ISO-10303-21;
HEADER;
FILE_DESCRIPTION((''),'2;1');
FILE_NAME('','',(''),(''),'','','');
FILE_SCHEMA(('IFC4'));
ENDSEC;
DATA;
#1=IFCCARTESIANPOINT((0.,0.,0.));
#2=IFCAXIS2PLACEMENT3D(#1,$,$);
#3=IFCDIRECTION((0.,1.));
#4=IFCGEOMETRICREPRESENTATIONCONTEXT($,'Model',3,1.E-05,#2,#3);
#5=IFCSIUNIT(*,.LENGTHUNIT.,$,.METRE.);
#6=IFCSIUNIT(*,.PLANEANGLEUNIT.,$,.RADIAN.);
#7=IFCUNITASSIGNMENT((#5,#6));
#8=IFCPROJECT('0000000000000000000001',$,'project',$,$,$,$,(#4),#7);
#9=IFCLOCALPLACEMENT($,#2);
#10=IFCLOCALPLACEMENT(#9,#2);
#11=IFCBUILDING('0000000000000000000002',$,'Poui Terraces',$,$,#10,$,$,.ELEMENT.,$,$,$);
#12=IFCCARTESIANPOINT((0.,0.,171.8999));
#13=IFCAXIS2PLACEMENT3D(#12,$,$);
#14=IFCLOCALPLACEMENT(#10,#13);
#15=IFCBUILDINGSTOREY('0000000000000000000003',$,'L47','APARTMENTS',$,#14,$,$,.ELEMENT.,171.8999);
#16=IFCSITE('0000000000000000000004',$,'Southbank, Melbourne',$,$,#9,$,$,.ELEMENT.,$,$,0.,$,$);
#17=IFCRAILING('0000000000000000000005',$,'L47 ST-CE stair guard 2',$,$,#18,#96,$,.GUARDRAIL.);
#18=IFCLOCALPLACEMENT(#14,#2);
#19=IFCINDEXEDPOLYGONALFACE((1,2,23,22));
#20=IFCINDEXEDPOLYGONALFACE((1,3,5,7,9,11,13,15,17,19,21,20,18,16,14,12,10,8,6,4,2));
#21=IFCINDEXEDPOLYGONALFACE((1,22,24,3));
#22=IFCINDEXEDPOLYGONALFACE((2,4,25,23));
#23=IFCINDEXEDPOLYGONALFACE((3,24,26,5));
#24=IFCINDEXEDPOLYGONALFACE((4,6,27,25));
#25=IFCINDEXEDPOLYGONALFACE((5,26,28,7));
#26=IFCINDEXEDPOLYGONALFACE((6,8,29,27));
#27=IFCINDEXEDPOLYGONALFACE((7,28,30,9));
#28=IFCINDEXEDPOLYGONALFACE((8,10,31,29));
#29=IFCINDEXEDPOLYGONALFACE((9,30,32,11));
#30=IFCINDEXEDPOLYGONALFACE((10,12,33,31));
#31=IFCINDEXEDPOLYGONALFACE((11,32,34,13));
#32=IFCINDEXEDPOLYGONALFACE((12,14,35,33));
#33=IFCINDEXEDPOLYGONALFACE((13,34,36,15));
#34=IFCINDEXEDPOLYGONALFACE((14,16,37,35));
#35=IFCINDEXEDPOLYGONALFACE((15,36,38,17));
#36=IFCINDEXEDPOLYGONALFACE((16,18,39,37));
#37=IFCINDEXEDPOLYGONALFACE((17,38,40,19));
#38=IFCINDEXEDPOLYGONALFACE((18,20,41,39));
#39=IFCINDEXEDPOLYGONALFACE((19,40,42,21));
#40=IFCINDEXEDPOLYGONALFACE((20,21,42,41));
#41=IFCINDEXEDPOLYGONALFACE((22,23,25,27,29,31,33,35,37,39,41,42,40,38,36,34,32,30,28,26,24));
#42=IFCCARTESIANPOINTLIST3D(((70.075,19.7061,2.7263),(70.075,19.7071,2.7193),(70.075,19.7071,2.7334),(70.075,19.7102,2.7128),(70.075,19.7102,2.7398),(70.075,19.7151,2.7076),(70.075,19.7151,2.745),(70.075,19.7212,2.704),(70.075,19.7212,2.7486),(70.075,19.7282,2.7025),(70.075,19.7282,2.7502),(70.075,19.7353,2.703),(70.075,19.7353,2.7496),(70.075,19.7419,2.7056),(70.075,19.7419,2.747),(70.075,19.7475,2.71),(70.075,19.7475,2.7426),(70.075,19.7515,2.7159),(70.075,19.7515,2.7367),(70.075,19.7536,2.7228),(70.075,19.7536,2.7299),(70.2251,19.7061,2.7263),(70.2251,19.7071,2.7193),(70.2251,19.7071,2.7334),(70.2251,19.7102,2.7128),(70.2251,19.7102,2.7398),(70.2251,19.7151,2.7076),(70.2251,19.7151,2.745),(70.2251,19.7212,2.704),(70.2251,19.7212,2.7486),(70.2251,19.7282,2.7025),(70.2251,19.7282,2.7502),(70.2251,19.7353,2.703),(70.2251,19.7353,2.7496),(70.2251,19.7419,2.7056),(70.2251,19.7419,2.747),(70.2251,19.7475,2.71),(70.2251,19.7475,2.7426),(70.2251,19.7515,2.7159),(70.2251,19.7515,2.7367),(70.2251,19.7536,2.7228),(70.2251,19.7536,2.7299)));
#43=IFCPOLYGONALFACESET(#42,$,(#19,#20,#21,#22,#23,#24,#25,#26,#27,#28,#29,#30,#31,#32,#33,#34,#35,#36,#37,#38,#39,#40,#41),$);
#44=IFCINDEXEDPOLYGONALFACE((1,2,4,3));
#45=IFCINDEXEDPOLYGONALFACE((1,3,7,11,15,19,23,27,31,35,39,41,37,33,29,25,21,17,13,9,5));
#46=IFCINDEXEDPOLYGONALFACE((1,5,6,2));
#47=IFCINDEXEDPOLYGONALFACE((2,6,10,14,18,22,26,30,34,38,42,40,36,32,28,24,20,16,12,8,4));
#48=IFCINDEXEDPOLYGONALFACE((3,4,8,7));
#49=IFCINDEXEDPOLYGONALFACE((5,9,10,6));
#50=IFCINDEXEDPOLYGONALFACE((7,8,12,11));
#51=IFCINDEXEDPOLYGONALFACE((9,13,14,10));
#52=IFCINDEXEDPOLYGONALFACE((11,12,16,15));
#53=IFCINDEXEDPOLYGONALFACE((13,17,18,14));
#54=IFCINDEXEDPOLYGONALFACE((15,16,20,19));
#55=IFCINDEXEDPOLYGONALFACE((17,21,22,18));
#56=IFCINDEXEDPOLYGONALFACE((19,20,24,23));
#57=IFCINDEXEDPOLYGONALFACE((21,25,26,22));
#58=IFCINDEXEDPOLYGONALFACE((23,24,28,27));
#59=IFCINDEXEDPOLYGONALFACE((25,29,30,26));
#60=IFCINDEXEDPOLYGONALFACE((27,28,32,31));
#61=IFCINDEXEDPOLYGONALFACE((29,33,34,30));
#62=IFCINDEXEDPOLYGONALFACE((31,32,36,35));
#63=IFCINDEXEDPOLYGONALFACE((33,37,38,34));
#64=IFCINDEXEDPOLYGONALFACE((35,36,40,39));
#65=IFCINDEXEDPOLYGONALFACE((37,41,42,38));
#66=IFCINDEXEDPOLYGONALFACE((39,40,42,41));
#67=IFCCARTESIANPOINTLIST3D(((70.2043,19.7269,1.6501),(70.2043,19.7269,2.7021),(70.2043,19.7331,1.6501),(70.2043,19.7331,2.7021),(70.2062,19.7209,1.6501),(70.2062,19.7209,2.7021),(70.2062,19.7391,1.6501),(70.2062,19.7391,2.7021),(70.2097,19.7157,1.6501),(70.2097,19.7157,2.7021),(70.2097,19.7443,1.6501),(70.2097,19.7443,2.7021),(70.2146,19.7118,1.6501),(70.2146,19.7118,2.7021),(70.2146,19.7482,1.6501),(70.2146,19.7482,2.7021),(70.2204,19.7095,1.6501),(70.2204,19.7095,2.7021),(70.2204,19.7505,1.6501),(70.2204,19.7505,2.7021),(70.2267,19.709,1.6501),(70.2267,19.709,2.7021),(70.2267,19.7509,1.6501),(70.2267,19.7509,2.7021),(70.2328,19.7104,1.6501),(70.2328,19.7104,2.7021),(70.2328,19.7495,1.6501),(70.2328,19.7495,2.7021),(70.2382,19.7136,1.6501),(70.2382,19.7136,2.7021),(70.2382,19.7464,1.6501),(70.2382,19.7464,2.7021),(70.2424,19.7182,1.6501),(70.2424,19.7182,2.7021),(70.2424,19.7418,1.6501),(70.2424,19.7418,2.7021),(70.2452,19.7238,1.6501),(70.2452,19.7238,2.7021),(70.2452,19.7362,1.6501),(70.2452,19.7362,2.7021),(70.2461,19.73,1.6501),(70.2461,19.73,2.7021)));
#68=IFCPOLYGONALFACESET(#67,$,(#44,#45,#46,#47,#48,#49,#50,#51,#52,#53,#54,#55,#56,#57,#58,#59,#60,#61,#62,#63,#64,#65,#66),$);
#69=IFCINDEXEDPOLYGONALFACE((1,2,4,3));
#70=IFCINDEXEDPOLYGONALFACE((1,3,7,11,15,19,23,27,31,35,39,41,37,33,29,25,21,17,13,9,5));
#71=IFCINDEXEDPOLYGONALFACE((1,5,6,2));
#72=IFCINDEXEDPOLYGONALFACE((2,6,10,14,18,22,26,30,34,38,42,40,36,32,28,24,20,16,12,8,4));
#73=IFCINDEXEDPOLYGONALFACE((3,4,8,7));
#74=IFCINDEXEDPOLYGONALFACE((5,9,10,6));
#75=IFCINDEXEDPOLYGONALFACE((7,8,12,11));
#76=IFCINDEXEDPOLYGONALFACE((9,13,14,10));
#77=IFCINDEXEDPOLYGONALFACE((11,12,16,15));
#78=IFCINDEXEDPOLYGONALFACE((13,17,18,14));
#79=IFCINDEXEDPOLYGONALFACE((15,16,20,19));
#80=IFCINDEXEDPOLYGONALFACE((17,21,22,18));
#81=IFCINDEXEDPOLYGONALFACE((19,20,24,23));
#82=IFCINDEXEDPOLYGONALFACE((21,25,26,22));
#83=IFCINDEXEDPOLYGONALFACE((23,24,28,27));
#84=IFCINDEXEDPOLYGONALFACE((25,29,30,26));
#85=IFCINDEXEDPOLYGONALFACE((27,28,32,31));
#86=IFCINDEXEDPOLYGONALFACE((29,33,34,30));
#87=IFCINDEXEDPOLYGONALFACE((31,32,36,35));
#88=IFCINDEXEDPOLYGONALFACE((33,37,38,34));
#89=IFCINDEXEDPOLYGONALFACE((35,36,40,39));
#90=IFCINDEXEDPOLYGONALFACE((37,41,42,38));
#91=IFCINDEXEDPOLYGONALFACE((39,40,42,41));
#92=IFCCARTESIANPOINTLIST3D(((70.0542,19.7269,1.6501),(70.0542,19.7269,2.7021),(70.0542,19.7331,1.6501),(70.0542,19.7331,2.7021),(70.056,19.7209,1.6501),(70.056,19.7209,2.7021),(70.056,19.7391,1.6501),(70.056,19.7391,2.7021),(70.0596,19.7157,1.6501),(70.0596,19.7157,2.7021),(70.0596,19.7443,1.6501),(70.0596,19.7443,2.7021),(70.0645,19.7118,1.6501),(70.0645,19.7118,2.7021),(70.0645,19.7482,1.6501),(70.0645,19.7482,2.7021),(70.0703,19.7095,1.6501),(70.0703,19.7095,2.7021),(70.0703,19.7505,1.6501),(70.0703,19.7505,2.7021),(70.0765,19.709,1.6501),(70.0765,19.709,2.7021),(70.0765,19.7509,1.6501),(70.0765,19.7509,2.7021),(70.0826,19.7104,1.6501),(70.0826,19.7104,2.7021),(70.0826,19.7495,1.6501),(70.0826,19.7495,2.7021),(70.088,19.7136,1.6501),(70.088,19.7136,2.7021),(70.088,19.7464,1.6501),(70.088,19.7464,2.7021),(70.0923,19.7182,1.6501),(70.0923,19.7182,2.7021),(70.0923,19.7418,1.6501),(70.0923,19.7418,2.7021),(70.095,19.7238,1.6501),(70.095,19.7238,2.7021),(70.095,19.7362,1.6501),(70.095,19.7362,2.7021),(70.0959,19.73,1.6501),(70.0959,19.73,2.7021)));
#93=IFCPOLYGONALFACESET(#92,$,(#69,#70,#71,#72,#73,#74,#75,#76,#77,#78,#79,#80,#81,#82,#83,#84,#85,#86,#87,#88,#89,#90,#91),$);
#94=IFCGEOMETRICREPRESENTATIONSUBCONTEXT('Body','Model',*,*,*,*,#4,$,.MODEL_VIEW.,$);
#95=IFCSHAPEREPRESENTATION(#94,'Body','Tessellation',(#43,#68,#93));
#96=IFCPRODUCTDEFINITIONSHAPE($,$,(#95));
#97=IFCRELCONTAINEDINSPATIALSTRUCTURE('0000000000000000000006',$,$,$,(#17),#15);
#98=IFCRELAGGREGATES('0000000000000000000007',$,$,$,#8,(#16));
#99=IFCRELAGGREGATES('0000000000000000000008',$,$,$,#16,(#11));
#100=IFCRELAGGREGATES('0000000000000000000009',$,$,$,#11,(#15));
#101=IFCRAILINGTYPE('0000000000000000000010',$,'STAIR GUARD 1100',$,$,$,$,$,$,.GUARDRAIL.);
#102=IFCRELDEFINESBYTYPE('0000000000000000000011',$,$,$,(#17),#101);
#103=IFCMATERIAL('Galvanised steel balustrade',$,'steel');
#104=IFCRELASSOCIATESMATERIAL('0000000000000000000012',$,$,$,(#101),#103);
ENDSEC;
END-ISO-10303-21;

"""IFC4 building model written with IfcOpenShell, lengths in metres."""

from ifc_helpers import new_model, si_unit, direction, frame, origin, origin_2d, place, context, subcontext, project, spatial, circle, extrude, material, type_object, element, save


model = new_model("IFC4")

# Units and contexts
model_context = context("Model", 3, precision=1e-05, world=origin(), true_north=direction((0.0, 1.0)))
body_context = subcontext(model_context, "Body", "Model", "MODEL_VIEW")
ifc_project = project(units=[si_unit("LENGTHUNIT", "METRE"), si_unit("PLANEANGLEUNIT", "RADIAN")], contexts=[model_context])

# Site, building, storey
site_placement = place(None, origin())
site = spatial("IfcSite", under=ifc_project, at=site_placement, Name="Southbank, Melbourne", CompositionType="ELEMENT", RefElevation=0.0)
building_placement = place(site_placement, origin())
building = spatial("IfcBuilding", under=site, at=building_placement, Name="Poui Terraces", CompositionType="ELEMENT")
storey_placement = place(building_placement, frame((0.0, 0.0, 171.8999)))
storey = spatial("IfcBuildingStorey", under=building, at=storey_placement, Name="L47", Description="APARTMENTS", CompositionType="ELEMENT", Elevation=171.8999)

# Railing
ifc_material_1 = material(Name="Galvanised steel balustrade", Category="steel")
railing_type_1 = type_object("IfcRailingType", Name="STAIR GUARD 1100", PredefinedType="GUARDRAIL", material=ifc_material_1)
railing_1_placement = place(storey_placement, frame((70.2251, 19.73, 1.6501)))
element("IfcRailing", 1, at=railing_1_placement, inside=storey, type_object=railing_type_1, Name="L47 ST-CE stair guard 2", PredefinedType="GUARDRAIL", context=body_context, shape_type="SweptSolid", body=[
    extrude(circle(Radius=0.0239, at=origin_2d()), frame((0.0, 0.0, 1.0762), z_axis=(-1.0, 0.0, 0.0), x_axis=(0.0, -1.0, 0.0)), (0.0, 0.0, 1.0), 0.1501),
    extrude(circle(Radius=0.021, at=origin_2d()), origin(), (0.0, 0.0, 1.0), 1.052),
    extrude(circle(Radius=0.021, at=origin_2d()), frame((-0.1501, 0.0, 0.0)), (0.0, 0.0, 1.0), 1.052),
])

save(model, "model.ifc")
